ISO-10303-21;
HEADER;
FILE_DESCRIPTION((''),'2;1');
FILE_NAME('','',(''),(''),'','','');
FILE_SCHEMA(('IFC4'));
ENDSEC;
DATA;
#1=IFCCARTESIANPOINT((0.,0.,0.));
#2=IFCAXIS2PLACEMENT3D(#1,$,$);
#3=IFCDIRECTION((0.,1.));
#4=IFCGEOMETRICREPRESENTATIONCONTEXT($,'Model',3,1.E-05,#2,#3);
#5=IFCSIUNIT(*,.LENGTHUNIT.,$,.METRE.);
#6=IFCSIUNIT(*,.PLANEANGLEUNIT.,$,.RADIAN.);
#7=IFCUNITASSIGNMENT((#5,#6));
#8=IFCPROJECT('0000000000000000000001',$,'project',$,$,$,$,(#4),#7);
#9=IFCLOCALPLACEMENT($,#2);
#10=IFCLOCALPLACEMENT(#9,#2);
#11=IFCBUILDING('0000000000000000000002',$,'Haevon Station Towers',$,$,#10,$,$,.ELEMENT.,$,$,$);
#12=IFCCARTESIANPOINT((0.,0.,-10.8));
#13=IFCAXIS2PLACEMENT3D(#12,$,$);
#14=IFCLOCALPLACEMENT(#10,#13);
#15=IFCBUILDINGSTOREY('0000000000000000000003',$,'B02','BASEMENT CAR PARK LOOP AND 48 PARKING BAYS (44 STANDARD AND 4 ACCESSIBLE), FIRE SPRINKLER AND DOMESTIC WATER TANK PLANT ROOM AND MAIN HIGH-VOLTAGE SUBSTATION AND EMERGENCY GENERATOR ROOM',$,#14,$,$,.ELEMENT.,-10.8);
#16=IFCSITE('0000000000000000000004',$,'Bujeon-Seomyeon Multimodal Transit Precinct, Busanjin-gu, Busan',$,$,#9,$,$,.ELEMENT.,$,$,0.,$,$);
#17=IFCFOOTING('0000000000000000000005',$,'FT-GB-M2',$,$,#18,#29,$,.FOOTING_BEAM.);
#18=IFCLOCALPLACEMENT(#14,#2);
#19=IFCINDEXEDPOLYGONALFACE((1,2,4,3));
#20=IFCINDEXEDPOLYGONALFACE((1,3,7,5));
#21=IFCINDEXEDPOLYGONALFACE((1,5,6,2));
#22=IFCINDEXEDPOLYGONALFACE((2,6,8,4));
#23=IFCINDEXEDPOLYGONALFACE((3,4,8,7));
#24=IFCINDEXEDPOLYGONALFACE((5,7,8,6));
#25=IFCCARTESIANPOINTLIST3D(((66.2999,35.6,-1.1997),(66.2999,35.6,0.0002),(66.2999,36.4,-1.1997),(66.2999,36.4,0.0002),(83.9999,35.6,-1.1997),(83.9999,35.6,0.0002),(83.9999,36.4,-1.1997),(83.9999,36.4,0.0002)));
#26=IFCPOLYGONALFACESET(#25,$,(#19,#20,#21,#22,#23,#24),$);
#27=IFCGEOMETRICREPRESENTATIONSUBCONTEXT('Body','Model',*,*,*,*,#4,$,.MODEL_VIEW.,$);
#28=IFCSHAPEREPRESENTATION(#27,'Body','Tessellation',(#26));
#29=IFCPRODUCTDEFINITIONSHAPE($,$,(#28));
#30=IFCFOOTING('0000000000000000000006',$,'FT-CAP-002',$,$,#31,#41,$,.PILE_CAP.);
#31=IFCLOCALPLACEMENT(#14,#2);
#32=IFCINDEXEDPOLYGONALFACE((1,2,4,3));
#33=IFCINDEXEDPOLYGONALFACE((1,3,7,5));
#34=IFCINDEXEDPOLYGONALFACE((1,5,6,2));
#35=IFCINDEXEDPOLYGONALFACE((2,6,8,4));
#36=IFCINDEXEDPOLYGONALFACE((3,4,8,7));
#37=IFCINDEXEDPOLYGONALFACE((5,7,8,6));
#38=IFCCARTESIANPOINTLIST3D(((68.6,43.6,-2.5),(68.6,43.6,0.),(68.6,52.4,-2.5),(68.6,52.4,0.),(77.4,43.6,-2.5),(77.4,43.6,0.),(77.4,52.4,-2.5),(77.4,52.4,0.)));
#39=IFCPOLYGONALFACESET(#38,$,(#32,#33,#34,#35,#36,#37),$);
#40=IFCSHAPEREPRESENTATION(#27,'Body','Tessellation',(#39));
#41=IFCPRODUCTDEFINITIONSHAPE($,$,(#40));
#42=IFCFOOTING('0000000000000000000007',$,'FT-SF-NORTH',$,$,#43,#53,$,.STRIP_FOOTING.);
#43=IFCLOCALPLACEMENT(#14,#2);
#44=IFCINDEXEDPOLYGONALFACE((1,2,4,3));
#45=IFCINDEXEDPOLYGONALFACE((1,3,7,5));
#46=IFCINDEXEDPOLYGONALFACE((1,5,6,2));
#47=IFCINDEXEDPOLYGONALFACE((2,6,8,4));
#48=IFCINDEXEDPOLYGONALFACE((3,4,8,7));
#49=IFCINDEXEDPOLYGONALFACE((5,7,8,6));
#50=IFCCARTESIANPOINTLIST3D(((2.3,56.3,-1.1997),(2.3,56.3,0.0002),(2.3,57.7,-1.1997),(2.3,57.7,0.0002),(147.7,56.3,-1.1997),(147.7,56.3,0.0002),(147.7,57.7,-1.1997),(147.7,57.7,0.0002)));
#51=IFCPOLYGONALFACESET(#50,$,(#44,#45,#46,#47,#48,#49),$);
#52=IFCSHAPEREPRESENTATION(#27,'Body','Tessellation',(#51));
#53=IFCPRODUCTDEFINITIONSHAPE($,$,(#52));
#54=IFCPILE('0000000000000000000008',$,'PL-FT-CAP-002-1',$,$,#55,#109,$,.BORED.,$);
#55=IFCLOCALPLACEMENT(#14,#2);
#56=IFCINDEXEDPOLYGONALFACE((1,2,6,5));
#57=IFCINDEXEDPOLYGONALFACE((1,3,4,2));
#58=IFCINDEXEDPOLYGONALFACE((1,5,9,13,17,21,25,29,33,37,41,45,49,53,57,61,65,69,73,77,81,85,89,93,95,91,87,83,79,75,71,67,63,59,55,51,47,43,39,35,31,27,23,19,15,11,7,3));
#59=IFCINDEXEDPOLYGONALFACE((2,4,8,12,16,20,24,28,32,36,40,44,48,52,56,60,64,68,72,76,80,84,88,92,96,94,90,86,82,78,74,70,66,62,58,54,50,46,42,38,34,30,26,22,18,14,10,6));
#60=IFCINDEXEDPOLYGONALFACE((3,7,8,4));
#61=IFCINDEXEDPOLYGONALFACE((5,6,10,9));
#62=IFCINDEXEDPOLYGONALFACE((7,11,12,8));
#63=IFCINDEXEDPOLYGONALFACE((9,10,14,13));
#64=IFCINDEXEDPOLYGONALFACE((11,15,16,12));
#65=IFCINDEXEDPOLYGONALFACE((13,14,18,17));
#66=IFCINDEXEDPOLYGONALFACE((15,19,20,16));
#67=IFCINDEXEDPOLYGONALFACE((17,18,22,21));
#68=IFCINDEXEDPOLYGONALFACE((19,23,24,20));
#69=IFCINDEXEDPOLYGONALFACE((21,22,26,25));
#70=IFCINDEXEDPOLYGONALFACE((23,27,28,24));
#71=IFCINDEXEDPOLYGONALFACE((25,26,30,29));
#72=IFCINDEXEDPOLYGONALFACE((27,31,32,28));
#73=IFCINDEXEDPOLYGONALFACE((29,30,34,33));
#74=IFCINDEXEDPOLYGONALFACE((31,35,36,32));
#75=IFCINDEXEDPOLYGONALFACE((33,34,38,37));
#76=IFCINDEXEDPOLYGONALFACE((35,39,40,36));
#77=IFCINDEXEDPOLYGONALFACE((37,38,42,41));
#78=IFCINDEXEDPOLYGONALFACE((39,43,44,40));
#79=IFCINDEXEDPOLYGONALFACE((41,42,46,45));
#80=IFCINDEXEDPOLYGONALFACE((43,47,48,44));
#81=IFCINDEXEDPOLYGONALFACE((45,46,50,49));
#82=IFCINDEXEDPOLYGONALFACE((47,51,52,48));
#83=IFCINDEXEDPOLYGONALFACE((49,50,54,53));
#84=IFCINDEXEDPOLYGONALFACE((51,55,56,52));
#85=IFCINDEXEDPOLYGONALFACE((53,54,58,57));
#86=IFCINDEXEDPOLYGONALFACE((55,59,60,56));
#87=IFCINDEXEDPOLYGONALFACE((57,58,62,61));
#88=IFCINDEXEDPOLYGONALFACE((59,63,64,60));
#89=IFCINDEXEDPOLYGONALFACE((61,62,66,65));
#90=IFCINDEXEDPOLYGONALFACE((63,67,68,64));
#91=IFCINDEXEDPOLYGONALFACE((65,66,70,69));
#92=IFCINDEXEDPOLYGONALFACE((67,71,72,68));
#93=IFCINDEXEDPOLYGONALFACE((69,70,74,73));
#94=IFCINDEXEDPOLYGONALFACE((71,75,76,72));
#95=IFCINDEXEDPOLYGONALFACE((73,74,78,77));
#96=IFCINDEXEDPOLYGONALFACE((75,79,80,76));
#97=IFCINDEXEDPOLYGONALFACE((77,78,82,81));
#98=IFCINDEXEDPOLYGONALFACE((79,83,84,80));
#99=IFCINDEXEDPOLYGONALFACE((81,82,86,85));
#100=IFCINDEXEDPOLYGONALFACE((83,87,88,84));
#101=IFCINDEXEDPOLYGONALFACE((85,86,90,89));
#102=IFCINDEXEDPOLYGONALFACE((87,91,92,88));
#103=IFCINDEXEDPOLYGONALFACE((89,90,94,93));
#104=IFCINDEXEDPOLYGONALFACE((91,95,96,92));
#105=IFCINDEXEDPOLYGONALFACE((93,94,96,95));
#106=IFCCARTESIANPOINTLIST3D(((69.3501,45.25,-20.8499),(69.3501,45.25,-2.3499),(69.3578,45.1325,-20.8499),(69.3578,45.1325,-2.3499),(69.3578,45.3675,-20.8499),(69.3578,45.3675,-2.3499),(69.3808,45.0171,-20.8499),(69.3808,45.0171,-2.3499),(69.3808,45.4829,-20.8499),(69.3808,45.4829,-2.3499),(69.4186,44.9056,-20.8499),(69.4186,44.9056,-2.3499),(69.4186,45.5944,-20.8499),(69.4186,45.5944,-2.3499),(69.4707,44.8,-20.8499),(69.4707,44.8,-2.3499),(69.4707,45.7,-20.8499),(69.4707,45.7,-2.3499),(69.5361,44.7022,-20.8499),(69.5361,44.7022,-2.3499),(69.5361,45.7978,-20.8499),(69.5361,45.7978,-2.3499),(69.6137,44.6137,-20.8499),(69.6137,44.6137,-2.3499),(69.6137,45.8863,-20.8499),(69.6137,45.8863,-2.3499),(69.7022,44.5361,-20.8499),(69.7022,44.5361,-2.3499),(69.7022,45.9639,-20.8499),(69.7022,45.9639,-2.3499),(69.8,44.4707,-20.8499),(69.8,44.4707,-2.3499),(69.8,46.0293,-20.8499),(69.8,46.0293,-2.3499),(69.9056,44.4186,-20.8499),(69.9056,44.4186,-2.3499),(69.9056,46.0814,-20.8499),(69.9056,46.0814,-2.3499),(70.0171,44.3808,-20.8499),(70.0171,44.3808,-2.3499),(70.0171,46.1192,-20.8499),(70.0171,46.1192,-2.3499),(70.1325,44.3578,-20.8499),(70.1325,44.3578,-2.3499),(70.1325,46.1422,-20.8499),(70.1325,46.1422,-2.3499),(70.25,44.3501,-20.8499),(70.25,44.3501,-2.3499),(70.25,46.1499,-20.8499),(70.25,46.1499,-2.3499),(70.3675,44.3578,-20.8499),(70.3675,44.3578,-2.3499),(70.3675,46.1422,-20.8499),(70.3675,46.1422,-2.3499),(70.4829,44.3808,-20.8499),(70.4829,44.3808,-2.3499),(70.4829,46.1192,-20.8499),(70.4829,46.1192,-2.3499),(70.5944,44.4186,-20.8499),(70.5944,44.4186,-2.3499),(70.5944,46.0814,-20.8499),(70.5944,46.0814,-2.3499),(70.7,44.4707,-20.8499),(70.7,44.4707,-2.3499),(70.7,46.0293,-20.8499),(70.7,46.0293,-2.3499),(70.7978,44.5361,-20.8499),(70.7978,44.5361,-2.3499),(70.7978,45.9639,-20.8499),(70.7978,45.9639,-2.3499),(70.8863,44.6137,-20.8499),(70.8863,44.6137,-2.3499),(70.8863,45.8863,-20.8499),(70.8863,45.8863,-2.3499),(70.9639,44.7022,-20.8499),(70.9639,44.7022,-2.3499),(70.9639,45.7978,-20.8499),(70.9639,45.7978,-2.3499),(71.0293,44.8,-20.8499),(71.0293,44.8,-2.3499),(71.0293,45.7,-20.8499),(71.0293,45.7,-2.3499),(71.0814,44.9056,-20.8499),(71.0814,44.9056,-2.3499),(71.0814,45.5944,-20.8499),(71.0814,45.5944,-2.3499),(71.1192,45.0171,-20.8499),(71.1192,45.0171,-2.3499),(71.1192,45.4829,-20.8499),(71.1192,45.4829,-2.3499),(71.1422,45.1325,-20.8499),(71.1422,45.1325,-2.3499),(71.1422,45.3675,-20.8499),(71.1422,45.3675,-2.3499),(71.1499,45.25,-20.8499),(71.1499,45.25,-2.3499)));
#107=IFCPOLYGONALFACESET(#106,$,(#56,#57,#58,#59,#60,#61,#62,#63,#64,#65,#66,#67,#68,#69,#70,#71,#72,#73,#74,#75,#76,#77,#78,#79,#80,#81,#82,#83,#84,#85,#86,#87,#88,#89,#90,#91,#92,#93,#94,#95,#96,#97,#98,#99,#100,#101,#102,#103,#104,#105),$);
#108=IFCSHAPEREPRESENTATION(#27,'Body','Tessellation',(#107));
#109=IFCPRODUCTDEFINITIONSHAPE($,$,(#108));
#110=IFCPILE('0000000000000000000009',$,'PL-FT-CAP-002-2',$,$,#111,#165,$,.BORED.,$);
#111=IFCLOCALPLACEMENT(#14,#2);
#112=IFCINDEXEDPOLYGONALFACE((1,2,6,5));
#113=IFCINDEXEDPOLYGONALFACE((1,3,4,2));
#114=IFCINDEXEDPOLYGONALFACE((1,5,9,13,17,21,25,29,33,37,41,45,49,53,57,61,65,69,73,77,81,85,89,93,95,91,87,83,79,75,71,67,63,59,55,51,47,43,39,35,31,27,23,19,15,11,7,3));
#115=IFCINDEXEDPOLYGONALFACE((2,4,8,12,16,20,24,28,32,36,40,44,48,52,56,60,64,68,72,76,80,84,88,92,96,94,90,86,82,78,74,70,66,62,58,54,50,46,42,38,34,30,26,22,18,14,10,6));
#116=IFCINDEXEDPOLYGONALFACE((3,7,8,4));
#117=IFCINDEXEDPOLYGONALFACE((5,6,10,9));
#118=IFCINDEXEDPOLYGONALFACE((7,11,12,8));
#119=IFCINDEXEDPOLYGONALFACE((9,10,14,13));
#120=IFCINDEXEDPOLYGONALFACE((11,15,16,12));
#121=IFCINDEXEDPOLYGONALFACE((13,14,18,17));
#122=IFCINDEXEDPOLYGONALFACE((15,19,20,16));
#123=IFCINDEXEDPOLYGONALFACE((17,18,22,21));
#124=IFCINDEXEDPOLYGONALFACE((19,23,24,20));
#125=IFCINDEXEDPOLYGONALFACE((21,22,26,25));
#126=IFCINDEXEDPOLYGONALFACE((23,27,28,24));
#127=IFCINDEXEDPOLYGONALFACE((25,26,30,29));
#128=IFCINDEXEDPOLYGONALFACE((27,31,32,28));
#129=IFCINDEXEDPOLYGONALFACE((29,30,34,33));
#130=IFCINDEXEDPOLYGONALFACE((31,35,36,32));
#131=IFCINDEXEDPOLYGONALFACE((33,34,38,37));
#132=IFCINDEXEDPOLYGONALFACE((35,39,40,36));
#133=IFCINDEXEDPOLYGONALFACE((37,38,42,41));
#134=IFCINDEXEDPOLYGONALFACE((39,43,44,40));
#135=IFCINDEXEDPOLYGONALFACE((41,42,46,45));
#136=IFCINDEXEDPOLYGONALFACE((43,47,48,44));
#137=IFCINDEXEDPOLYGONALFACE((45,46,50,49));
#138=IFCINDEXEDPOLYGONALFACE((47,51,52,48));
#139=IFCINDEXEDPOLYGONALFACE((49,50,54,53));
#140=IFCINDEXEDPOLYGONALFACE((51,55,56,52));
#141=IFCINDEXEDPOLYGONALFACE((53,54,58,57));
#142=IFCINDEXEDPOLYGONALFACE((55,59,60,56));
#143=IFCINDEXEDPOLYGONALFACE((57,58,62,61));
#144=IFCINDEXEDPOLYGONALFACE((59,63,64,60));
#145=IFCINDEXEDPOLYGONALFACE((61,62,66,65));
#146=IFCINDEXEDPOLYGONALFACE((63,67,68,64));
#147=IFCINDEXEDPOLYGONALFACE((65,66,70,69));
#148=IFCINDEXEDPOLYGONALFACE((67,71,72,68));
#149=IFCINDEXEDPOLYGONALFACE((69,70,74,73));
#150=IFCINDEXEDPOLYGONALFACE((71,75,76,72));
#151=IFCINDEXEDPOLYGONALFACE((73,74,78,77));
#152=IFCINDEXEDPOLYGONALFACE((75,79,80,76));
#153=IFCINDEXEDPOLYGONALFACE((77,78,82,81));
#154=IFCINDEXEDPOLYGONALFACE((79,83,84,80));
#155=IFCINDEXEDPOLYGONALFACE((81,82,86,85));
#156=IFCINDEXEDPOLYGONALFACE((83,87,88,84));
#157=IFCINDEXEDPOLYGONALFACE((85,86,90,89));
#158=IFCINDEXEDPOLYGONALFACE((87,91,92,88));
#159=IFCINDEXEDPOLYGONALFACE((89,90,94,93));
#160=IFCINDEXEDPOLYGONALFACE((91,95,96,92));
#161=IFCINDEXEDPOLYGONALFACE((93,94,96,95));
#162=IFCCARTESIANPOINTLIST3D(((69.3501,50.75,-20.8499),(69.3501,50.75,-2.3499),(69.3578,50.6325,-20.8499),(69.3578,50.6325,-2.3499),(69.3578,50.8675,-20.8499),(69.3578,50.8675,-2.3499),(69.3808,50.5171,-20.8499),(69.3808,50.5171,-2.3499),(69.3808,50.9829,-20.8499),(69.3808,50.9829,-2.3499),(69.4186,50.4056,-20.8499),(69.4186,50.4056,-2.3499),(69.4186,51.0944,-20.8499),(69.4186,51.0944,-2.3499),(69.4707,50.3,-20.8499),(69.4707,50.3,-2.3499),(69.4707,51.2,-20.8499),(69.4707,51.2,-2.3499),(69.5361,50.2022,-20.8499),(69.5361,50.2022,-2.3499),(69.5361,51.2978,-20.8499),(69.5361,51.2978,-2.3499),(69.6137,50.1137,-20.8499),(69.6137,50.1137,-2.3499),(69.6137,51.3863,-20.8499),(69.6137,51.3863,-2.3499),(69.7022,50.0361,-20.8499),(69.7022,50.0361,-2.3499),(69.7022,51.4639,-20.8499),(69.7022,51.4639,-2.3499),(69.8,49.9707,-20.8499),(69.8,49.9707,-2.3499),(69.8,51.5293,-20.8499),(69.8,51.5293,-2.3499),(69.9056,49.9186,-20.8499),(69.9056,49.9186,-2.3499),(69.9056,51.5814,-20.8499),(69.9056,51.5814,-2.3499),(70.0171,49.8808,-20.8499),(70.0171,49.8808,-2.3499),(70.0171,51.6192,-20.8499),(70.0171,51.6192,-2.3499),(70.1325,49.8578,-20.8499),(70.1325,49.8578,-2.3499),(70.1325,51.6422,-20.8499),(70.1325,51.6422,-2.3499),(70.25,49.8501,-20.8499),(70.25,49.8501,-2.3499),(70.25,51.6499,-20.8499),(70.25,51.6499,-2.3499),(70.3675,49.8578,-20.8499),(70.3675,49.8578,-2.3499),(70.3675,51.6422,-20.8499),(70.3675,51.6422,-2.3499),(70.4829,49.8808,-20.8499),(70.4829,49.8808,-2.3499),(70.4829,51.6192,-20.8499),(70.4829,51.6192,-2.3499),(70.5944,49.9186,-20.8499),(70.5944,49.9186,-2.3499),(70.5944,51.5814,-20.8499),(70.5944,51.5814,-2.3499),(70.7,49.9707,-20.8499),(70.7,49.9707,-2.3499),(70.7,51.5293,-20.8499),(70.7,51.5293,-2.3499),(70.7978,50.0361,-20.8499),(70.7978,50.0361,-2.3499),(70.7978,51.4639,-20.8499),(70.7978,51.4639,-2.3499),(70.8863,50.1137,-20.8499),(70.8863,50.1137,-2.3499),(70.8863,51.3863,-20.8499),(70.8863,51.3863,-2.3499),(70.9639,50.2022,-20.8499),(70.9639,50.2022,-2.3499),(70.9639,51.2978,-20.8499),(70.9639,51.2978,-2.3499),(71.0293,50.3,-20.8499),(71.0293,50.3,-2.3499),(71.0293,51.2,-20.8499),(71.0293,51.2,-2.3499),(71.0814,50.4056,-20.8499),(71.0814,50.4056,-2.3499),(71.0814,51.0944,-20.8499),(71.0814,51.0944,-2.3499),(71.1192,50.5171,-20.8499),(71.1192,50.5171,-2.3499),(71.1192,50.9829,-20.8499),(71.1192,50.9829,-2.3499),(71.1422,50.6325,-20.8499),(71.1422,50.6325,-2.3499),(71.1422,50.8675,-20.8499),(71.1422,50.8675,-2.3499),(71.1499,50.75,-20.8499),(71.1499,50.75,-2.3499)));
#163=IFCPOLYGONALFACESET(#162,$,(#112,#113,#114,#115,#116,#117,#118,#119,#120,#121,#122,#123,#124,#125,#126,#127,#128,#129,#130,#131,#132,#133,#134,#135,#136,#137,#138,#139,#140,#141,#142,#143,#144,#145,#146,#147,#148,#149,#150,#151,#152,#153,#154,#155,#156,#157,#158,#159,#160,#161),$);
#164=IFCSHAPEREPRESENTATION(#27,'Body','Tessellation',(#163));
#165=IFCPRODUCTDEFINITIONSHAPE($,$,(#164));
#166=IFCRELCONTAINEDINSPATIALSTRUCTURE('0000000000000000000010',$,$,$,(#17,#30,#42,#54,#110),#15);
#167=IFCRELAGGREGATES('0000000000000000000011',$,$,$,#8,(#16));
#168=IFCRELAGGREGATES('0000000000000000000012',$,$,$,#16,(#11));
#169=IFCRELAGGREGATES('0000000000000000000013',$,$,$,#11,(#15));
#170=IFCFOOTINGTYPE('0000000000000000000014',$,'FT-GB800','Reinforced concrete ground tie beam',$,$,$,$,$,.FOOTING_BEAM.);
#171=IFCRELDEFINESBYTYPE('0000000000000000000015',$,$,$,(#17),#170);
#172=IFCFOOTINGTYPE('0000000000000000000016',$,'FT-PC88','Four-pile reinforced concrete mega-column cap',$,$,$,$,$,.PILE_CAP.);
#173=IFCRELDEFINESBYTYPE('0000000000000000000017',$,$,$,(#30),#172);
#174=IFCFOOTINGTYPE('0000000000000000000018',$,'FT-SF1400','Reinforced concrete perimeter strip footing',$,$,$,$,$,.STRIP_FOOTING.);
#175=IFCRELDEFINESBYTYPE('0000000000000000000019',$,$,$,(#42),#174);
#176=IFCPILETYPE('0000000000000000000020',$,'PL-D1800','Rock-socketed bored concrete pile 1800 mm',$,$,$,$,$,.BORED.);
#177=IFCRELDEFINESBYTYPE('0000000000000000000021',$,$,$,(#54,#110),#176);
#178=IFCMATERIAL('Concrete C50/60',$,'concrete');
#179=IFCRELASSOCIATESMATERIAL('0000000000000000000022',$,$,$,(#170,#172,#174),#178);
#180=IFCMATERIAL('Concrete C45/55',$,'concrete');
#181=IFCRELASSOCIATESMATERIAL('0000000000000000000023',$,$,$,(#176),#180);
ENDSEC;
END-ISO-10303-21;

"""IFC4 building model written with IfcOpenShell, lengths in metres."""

from ifc_helpers import new_model, si_unit, direction, frame, origin, origin_2d, place, context, subcontext, project, spatial, rectangle, circle, extrude, material, material_profile, profile_set, type_object, element, save


model = new_model("IFC4")

# Units and contexts
model_context = context("Model", 3, precision=1e-05, world=origin(), true_north=direction((0.0, 1.0)))
body_context = subcontext(model_context, "Body", "Model", "MODEL_VIEW")
ifc_project = project(units=[si_unit("LENGTHUNIT", "METRE"), si_unit("PLANEANGLEUNIT", "RADIAN")], contexts=[model_context])

# Site, building, storey
site_placement = place(None, origin())
site = spatial("IfcSite", under=ifc_project, at=site_placement, Name="Bujeon-Seomyeon Multimodal Transit Precinct, Busanjin-gu, Busan", CompositionType="ELEMENT", RefElevation=0.0)
building_placement = place(site_placement, origin())
building = spatial("IfcBuilding", under=site, at=building_placement, Name="Haevon Station Towers", CompositionType="ELEMENT")
storey_placement = place(building_placement, frame((0.0, 0.0, -10.8)))
storey = spatial("IfcBuildingStorey", under=building, at=storey_placement, Name="B02", Description="BASEMENT CAR PARK LOOP AND 48 PARKING BAYS (44 STANDARD AND 4 ACCESSIBLE), FIRE SPRINKLER AND DOMESTIC WATER TANK PLANT ROOM AND MAIN HIGH-VOLTAGE SUBSTATION AND EMERGENCY GENERATOR ROOM", CompositionType="ELEMENT", Elevation=-10.8)

# Footings
ifc_material_1 = material(Name="Concrete C50/60", Category="concrete")
footing_type_1 = type_object("IfcFootingType", Name="FT-GB800", Description="Reinforced concrete ground tie beam", PredefinedType="FOOTING_BEAM", material=ifc_material_1)
footing_1_placement = place(storey_placement, frame((75.1499, 36.0, -1.1997), z_axis=(0.0, 0.0, 1.0), x_axis=(1.0, 0.0, 0.0)))
element("IfcFooting", 1, at=footing_1_placement, inside=storey, type_object=footing_type_1, Name="FT-GB-M2", PredefinedType="FOOTING_BEAM", context=body_context, shape_type="SweptSolid", body=[
    extrude(rectangle(XDim=17.7, YDim=0.8, at=origin_2d()), origin(), (0.0, 0.0, 1.0), 1.2),
])
footing_type_2 = type_object("IfcFootingType", Name="FT-PC88", Description="Four-pile reinforced concrete mega-column cap", PredefinedType="PILE_CAP", material=ifc_material_1)
footing_2_placement = place(storey_placement, frame((73.0, 48.0, -2.5), z_axis=(0.0, 0.0, 1.0), x_axis=(1.0, 0.0, 0.0)))
element("IfcFooting", 2, at=footing_2_placement, inside=storey, type_object=footing_type_2, Name="FT-CAP-002", PredefinedType="PILE_CAP", context=body_context, shape_type="SweptSolid", body=[
    extrude(rectangle(XDim=8.8, YDim=8.8, at=origin_2d()), origin(), (0.0, 0.0, 1.0), 2.5),
])
footing_type_3 = type_object("IfcFootingType", Name="FT-SF1400", Description="Reinforced concrete perimeter strip footing", PredefinedType="STRIP_FOOTING", material=ifc_material_1)
footing_3_placement = place(storey_placement, frame((75.0, 57.0, -1.1997), z_axis=(0.0, 0.0, 1.0), x_axis=(1.0, 0.0, 0.0)))
element("IfcFooting", 3, at=footing_3_placement, inside=storey, type_object=footing_type_3, Name="FT-SF-NORTH", PredefinedType="STRIP_FOOTING", context=body_context, shape_type="SweptSolid", body=[
    extrude(rectangle(XDim=145.3999, YDim=1.3999, at=origin_2d()), origin(), (0.0, 0.0, 1.0), 1.2),
])

# Piles
ifc_material_2 = material(Name="Concrete C45/55", Category="concrete")
ifc_material_profile_1 = material_profile(ifc_material_2, circle(Radius=0.8999, at=origin_2d()), Name="PILE-D1800")
ifc_profile_set_1 = profile_set([ifc_material_profile_1], Name="Concrete C45/55")
pile_type_1 = type_object("IfcPileType", Name="PL-D1800", Description="Rock-socketed bored concrete pile 1800 mm", PredefinedType="BORED", material=ifc_profile_set_1)
for number, where, z_axis, x_axis, name in (
    (4, (70.25, 45.25, -2.3499), (0.0, 0.0, -1.0), (1.0, 0.0, 0.0), "PL-FT-CAP-002-1"),
    (5, (70.25, 50.75, -2.3499), (0.0, 0.0, -1.0), (1.0, 0.0, 0.0), "PL-FT-CAP-002-2"),
):
    element("IfcPile", number, at=place(storey_placement, frame(where, z_axis=z_axis, x_axis=x_axis)), inside=storey, type_object=pile_type_1, Name=name, PredefinedType="BORED", context=body_context, shape_type="SweptSolid", body=[
        extrude(circle(Radius=0.8999, at=origin_2d()), origin(), (0.0, 0.0, 1.0), 18.5),
    ])

save(model, "model.ifc")
